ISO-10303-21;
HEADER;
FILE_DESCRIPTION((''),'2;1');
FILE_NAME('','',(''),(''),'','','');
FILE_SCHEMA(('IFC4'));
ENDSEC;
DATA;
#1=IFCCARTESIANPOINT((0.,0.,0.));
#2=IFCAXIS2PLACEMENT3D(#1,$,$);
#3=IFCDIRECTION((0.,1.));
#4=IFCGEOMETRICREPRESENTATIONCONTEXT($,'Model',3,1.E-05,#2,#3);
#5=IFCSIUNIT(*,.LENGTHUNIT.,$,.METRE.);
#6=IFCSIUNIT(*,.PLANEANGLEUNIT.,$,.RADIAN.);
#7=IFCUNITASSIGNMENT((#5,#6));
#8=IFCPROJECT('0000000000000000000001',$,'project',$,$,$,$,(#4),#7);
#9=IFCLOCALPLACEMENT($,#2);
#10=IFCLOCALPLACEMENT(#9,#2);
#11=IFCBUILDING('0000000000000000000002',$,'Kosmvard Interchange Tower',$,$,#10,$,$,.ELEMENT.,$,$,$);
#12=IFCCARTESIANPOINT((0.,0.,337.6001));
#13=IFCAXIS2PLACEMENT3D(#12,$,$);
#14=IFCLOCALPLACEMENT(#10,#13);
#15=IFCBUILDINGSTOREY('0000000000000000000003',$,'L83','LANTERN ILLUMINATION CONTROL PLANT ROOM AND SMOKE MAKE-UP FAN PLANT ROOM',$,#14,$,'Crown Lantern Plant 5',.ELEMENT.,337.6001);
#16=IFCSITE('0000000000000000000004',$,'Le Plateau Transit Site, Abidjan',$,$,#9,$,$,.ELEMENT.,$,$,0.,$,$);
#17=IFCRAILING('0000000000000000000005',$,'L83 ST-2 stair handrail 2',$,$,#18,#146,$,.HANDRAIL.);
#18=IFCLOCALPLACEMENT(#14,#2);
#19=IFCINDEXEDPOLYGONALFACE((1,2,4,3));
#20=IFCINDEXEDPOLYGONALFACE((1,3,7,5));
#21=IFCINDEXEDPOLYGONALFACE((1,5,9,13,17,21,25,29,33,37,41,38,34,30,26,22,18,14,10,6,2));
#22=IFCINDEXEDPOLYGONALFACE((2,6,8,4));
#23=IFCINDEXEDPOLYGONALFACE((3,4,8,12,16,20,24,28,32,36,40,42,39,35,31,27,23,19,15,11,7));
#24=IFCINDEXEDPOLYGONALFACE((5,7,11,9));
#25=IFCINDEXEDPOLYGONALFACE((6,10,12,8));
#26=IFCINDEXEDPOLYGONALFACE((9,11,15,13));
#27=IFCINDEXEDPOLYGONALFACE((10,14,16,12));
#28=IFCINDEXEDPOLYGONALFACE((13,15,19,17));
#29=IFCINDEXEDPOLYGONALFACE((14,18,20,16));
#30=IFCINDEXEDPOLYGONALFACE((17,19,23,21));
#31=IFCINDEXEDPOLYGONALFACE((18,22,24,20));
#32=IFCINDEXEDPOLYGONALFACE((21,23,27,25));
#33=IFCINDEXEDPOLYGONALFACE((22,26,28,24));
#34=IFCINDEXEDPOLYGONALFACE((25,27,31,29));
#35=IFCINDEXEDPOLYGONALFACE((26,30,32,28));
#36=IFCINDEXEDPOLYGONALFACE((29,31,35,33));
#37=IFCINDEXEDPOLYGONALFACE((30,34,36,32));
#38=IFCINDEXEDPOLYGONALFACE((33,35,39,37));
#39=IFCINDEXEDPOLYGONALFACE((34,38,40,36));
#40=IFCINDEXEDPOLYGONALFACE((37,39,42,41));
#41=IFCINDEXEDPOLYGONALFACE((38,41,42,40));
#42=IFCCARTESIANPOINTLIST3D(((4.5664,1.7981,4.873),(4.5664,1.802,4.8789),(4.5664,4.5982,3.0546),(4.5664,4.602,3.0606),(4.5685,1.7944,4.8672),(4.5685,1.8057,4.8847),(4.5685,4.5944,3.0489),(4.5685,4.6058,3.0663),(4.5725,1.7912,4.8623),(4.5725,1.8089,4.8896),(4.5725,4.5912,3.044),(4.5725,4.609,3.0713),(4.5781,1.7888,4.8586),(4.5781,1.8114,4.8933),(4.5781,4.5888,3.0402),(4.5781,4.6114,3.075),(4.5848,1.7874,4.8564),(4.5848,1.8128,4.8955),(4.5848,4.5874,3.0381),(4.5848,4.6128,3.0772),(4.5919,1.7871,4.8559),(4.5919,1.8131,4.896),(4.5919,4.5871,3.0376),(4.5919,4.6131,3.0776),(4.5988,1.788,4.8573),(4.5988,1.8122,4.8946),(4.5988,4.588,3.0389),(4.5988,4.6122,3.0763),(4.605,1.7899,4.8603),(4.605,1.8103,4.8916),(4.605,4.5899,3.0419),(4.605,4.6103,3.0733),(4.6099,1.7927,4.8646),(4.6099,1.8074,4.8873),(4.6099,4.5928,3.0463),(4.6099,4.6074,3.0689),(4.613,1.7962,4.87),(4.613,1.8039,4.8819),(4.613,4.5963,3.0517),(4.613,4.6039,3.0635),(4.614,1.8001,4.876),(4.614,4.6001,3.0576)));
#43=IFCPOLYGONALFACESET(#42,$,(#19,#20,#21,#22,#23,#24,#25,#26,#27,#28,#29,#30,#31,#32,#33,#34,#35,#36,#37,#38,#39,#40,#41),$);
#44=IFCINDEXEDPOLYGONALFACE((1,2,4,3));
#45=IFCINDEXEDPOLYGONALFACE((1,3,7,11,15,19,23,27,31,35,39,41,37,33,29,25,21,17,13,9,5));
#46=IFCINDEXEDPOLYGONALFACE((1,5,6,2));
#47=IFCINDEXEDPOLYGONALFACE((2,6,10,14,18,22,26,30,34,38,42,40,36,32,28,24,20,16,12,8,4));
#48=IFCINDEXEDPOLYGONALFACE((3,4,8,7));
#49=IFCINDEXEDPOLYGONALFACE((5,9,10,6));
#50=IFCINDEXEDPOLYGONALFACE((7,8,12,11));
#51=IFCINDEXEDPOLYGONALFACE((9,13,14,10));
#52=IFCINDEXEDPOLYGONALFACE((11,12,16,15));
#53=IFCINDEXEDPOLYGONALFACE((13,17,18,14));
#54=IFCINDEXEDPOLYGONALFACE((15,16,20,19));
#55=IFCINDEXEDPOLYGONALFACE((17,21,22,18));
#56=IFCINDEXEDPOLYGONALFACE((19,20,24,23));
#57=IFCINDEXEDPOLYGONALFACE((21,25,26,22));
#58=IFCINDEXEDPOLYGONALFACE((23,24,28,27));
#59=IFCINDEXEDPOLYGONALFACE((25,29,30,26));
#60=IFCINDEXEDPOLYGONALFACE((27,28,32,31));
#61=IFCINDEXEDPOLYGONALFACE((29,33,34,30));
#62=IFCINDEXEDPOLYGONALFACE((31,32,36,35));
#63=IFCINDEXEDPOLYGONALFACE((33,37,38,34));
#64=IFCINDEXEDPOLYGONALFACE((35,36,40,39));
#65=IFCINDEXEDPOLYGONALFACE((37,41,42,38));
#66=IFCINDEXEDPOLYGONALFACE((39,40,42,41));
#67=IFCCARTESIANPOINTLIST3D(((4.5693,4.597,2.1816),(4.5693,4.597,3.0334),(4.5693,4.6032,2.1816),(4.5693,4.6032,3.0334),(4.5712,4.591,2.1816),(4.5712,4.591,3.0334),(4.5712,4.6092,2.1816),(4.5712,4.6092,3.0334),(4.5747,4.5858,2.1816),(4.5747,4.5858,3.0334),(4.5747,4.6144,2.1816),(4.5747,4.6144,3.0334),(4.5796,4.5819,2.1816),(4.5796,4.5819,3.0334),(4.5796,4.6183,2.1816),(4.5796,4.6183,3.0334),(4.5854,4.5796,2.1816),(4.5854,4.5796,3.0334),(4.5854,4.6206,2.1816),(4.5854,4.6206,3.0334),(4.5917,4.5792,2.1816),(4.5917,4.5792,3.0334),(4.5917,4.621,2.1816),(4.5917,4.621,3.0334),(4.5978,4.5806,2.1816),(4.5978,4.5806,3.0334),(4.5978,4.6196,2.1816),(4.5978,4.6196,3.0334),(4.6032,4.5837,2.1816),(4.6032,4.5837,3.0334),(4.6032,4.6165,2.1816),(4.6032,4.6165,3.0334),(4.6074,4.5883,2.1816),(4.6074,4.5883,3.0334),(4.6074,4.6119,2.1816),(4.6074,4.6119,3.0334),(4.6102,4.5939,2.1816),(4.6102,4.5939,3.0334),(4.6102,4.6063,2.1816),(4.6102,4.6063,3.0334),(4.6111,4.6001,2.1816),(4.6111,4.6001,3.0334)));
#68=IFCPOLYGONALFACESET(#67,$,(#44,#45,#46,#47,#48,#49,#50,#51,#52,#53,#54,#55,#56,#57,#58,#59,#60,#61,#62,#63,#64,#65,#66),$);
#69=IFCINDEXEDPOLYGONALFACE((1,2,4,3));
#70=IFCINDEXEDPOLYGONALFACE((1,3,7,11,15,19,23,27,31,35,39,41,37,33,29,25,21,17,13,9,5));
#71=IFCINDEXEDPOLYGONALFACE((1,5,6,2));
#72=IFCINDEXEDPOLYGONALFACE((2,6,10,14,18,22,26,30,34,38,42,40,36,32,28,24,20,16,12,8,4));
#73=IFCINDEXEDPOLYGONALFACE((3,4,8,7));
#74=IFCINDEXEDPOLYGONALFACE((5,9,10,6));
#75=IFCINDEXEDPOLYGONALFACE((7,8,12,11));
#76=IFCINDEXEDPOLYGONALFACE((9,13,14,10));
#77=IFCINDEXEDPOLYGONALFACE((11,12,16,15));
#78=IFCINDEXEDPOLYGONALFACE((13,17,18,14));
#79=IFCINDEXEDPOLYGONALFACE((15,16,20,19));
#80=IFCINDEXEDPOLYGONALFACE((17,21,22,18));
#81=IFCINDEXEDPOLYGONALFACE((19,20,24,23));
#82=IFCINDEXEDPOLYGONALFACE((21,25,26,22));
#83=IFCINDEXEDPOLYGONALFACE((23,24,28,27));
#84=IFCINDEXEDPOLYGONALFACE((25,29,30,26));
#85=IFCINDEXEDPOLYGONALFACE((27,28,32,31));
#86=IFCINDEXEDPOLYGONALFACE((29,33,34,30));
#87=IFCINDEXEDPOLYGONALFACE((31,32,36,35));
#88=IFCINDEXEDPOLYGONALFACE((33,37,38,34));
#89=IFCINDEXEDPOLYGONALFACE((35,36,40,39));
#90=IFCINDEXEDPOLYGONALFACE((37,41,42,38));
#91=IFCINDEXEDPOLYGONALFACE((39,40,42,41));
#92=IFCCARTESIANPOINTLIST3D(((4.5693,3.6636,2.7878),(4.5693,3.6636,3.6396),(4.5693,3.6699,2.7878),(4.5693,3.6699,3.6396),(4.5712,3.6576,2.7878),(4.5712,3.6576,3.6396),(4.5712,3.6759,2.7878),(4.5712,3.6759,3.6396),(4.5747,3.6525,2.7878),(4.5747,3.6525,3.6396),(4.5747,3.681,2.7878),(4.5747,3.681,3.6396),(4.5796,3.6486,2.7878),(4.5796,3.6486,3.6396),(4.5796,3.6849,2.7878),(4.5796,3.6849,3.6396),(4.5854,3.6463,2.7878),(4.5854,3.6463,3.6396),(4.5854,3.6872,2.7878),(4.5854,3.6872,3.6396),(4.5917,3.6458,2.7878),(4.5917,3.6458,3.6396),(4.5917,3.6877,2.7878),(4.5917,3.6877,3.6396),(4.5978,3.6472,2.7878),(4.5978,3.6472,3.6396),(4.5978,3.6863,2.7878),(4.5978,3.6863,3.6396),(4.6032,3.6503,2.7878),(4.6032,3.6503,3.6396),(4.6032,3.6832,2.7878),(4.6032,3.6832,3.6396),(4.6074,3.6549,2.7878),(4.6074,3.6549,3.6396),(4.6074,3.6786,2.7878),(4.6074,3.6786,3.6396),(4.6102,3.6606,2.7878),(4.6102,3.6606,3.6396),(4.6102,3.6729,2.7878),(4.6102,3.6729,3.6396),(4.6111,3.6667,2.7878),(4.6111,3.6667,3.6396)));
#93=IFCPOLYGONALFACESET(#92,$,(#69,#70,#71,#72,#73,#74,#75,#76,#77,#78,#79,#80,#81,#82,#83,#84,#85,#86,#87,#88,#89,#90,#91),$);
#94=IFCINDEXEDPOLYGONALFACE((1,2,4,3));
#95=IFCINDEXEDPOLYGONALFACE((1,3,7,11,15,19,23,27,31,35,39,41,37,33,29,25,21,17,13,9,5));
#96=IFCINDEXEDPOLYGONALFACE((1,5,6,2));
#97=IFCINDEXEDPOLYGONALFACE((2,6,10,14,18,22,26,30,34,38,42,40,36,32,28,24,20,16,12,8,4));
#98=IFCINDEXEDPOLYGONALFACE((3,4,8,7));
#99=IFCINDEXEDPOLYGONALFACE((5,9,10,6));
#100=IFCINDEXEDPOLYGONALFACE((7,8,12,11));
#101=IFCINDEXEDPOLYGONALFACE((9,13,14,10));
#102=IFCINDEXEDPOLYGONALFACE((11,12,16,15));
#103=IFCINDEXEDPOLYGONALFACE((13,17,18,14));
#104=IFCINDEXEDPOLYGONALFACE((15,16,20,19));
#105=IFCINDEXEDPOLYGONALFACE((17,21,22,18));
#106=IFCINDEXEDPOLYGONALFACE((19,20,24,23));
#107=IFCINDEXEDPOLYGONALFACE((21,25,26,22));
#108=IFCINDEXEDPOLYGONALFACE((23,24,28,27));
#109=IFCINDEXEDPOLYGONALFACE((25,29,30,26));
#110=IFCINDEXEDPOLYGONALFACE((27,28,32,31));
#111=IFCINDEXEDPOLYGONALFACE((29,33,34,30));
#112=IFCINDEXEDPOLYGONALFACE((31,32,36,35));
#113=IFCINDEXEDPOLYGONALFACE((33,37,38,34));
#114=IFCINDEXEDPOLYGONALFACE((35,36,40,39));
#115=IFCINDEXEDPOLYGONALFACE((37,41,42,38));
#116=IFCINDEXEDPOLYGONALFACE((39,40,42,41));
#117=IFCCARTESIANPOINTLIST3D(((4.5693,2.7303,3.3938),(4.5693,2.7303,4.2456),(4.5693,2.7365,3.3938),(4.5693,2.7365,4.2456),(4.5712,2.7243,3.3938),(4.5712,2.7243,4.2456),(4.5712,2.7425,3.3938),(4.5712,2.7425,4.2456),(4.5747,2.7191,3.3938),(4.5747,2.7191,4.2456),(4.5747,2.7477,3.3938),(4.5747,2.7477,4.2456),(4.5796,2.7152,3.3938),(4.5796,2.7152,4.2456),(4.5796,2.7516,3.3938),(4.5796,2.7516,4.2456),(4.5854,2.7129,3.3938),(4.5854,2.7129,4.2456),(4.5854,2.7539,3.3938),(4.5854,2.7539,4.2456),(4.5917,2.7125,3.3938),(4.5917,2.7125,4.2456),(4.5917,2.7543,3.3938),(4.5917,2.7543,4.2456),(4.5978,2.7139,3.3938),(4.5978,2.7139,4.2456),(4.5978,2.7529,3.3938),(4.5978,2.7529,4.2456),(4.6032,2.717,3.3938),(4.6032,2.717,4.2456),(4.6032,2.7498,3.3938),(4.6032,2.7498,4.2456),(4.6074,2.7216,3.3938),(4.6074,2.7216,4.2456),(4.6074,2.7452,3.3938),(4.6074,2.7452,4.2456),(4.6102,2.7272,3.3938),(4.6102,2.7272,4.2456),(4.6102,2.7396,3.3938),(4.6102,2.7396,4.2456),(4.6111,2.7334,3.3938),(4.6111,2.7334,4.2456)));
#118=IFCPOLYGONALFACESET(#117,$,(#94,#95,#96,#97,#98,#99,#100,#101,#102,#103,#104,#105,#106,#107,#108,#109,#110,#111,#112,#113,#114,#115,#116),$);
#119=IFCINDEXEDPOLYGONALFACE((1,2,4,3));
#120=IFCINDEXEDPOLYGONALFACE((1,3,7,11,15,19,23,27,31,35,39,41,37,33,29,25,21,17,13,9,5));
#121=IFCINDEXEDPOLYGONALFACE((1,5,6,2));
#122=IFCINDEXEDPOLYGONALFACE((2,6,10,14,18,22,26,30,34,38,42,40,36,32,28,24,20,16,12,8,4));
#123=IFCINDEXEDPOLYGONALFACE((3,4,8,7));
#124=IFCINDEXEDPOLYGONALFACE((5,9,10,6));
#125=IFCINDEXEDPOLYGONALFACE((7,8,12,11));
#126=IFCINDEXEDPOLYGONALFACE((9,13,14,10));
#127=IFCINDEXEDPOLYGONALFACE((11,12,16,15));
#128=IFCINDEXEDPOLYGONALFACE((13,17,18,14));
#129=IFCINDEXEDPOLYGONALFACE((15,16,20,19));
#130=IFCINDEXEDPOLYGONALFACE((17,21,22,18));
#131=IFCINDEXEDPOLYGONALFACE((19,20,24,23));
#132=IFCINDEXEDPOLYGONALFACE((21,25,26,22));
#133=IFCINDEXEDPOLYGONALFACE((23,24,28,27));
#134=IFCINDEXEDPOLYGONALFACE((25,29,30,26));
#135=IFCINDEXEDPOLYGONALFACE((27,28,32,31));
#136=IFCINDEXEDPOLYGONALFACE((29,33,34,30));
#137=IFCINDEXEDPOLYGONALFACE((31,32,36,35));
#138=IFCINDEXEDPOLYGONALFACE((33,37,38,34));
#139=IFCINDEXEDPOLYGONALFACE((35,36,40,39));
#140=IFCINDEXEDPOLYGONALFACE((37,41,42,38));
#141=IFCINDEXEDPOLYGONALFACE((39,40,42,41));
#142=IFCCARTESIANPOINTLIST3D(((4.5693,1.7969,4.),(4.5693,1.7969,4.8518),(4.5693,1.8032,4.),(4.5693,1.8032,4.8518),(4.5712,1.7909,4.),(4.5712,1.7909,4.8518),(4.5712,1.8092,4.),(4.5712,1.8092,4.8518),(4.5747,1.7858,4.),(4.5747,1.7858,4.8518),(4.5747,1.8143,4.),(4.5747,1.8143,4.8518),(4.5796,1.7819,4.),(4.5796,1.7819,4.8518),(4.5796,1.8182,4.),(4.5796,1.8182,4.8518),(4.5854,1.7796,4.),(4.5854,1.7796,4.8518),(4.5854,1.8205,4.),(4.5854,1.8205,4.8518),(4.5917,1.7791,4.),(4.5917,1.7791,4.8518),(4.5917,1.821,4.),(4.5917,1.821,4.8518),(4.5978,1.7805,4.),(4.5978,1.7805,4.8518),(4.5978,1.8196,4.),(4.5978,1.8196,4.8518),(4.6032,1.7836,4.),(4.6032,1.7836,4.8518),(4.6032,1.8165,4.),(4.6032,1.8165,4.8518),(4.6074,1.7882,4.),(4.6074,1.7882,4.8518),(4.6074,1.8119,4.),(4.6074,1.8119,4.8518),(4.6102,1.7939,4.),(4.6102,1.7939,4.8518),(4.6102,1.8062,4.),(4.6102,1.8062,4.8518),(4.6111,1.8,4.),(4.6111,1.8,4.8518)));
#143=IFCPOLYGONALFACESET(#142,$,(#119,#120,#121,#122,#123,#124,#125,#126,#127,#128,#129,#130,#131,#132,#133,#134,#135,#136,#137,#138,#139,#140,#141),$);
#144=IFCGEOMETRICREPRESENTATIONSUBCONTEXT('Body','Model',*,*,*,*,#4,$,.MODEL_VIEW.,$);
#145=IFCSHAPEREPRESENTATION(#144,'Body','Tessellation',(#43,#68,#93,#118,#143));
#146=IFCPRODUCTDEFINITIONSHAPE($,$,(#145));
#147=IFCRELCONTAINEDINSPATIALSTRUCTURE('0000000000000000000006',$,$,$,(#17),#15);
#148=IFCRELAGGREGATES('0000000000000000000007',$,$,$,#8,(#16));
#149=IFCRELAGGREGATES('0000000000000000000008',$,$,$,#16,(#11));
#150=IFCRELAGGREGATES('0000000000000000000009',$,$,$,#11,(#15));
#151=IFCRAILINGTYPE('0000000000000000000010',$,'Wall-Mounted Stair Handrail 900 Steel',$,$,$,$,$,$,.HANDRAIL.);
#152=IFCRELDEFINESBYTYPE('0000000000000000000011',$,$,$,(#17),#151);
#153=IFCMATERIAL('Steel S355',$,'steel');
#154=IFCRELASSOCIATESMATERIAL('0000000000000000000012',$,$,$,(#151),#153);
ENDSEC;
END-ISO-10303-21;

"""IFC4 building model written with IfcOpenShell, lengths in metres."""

from ifc_helpers import new_model, si_unit, direction, frame, origin, origin_2d, place, context, subcontext, project, spatial, circle, extrude, source, transform, mapped, material, type_object, element, save


model = new_model("IFC4")

# Units and contexts
model_context = context("Model", 3, precision=1e-05, world=origin(), true_north=direction((0.0, 1.0)))
body_context = subcontext(model_context, "Body", "Model", "MODEL_VIEW")
ifc_project = project(units=[si_unit("LENGTHUNIT", "METRE"), si_unit("PLANEANGLEUNIT", "RADIAN")], contexts=[model_context])

# Site, building, storey
site_placement = place(None, origin())
site = spatial("IfcSite", under=ifc_project, at=site_placement, Name="Le Plateau Transit Site, Abidjan", CompositionType="ELEMENT", RefElevation=0.0)
building_placement = place(site_placement, origin())
building = spatial("IfcBuilding", under=site, at=building_placement, Name="Kosmvard Interchange Tower", CompositionType="ELEMENT")
storey_placement = place(building_placement, frame((0.0, 0.0, 337.6001)))
storey = spatial("IfcBuildingStorey", under=building, at=storey_placement, Name="L83", Description="LANTERN ILLUMINATION CONTROL PLANT ROOM AND SMOKE MAKE-UP FAN PLANT ROOM", LongName="Crown Lantern Plant 5", CompositionType="ELEMENT", Elevation=337.6001)

# Shared definitions
ifc_material_1 = material(Name="Steel S355", Category="steel")

# Railing
railing_type_1 = type_object("IfcRailingType", Name="Wall-Mounted Stair Handrail 900 Steel", PredefinedType="HANDRAIL", material=ifc_material_1)
shared_shape_1 = source(origin(), body_context, "Body", "SweptSolid", [
    extrude(circle(Radius=0.0239, at=origin_2d()), frame((0.0, 0.0, 0.876), z_axis=(0.0, -0.838672, 0.544636), x_axis=(1.0, 0.0, 0.0)), (0.0, 0.0, 1.0), 3.3386),
    extrude(circle(Radius=0.021, at=origin_2d()), origin(), (0.0, 0.0, 1.0), 0.8518),
    extrude(circle(Radius=0.021, at=origin_2d()), frame((0.0, -0.9333, 0.6062)), (0.0, 0.0, 1.0), 0.8518),
    extrude(circle(Radius=0.021, at=origin_2d()), frame((0.0, -1.8667, 1.2122)), (0.0, 0.0, 1.0), 0.8518),
    extrude(circle(Radius=0.021, at=origin_2d()), frame((0.0, -2.8, 1.8184)), (0.0, 0.0, 1.0), 0.8518),
])
railing_1_placement = place(storey_placement, frame((4.5901, 4.6001, 2.1816)))
element("IfcRailing", 1, at=railing_1_placement, inside=storey, type_object=railing_type_1, Name="L83 ST-2 stair handrail 2", PredefinedType="HANDRAIL", context=body_context, shape_type="MappedRepresentation", body=[
    mapped(shared_shape_1, transform((0.0, 0.0, 0.0), scale=1.0)),
])

save(model, "model.ifc")
